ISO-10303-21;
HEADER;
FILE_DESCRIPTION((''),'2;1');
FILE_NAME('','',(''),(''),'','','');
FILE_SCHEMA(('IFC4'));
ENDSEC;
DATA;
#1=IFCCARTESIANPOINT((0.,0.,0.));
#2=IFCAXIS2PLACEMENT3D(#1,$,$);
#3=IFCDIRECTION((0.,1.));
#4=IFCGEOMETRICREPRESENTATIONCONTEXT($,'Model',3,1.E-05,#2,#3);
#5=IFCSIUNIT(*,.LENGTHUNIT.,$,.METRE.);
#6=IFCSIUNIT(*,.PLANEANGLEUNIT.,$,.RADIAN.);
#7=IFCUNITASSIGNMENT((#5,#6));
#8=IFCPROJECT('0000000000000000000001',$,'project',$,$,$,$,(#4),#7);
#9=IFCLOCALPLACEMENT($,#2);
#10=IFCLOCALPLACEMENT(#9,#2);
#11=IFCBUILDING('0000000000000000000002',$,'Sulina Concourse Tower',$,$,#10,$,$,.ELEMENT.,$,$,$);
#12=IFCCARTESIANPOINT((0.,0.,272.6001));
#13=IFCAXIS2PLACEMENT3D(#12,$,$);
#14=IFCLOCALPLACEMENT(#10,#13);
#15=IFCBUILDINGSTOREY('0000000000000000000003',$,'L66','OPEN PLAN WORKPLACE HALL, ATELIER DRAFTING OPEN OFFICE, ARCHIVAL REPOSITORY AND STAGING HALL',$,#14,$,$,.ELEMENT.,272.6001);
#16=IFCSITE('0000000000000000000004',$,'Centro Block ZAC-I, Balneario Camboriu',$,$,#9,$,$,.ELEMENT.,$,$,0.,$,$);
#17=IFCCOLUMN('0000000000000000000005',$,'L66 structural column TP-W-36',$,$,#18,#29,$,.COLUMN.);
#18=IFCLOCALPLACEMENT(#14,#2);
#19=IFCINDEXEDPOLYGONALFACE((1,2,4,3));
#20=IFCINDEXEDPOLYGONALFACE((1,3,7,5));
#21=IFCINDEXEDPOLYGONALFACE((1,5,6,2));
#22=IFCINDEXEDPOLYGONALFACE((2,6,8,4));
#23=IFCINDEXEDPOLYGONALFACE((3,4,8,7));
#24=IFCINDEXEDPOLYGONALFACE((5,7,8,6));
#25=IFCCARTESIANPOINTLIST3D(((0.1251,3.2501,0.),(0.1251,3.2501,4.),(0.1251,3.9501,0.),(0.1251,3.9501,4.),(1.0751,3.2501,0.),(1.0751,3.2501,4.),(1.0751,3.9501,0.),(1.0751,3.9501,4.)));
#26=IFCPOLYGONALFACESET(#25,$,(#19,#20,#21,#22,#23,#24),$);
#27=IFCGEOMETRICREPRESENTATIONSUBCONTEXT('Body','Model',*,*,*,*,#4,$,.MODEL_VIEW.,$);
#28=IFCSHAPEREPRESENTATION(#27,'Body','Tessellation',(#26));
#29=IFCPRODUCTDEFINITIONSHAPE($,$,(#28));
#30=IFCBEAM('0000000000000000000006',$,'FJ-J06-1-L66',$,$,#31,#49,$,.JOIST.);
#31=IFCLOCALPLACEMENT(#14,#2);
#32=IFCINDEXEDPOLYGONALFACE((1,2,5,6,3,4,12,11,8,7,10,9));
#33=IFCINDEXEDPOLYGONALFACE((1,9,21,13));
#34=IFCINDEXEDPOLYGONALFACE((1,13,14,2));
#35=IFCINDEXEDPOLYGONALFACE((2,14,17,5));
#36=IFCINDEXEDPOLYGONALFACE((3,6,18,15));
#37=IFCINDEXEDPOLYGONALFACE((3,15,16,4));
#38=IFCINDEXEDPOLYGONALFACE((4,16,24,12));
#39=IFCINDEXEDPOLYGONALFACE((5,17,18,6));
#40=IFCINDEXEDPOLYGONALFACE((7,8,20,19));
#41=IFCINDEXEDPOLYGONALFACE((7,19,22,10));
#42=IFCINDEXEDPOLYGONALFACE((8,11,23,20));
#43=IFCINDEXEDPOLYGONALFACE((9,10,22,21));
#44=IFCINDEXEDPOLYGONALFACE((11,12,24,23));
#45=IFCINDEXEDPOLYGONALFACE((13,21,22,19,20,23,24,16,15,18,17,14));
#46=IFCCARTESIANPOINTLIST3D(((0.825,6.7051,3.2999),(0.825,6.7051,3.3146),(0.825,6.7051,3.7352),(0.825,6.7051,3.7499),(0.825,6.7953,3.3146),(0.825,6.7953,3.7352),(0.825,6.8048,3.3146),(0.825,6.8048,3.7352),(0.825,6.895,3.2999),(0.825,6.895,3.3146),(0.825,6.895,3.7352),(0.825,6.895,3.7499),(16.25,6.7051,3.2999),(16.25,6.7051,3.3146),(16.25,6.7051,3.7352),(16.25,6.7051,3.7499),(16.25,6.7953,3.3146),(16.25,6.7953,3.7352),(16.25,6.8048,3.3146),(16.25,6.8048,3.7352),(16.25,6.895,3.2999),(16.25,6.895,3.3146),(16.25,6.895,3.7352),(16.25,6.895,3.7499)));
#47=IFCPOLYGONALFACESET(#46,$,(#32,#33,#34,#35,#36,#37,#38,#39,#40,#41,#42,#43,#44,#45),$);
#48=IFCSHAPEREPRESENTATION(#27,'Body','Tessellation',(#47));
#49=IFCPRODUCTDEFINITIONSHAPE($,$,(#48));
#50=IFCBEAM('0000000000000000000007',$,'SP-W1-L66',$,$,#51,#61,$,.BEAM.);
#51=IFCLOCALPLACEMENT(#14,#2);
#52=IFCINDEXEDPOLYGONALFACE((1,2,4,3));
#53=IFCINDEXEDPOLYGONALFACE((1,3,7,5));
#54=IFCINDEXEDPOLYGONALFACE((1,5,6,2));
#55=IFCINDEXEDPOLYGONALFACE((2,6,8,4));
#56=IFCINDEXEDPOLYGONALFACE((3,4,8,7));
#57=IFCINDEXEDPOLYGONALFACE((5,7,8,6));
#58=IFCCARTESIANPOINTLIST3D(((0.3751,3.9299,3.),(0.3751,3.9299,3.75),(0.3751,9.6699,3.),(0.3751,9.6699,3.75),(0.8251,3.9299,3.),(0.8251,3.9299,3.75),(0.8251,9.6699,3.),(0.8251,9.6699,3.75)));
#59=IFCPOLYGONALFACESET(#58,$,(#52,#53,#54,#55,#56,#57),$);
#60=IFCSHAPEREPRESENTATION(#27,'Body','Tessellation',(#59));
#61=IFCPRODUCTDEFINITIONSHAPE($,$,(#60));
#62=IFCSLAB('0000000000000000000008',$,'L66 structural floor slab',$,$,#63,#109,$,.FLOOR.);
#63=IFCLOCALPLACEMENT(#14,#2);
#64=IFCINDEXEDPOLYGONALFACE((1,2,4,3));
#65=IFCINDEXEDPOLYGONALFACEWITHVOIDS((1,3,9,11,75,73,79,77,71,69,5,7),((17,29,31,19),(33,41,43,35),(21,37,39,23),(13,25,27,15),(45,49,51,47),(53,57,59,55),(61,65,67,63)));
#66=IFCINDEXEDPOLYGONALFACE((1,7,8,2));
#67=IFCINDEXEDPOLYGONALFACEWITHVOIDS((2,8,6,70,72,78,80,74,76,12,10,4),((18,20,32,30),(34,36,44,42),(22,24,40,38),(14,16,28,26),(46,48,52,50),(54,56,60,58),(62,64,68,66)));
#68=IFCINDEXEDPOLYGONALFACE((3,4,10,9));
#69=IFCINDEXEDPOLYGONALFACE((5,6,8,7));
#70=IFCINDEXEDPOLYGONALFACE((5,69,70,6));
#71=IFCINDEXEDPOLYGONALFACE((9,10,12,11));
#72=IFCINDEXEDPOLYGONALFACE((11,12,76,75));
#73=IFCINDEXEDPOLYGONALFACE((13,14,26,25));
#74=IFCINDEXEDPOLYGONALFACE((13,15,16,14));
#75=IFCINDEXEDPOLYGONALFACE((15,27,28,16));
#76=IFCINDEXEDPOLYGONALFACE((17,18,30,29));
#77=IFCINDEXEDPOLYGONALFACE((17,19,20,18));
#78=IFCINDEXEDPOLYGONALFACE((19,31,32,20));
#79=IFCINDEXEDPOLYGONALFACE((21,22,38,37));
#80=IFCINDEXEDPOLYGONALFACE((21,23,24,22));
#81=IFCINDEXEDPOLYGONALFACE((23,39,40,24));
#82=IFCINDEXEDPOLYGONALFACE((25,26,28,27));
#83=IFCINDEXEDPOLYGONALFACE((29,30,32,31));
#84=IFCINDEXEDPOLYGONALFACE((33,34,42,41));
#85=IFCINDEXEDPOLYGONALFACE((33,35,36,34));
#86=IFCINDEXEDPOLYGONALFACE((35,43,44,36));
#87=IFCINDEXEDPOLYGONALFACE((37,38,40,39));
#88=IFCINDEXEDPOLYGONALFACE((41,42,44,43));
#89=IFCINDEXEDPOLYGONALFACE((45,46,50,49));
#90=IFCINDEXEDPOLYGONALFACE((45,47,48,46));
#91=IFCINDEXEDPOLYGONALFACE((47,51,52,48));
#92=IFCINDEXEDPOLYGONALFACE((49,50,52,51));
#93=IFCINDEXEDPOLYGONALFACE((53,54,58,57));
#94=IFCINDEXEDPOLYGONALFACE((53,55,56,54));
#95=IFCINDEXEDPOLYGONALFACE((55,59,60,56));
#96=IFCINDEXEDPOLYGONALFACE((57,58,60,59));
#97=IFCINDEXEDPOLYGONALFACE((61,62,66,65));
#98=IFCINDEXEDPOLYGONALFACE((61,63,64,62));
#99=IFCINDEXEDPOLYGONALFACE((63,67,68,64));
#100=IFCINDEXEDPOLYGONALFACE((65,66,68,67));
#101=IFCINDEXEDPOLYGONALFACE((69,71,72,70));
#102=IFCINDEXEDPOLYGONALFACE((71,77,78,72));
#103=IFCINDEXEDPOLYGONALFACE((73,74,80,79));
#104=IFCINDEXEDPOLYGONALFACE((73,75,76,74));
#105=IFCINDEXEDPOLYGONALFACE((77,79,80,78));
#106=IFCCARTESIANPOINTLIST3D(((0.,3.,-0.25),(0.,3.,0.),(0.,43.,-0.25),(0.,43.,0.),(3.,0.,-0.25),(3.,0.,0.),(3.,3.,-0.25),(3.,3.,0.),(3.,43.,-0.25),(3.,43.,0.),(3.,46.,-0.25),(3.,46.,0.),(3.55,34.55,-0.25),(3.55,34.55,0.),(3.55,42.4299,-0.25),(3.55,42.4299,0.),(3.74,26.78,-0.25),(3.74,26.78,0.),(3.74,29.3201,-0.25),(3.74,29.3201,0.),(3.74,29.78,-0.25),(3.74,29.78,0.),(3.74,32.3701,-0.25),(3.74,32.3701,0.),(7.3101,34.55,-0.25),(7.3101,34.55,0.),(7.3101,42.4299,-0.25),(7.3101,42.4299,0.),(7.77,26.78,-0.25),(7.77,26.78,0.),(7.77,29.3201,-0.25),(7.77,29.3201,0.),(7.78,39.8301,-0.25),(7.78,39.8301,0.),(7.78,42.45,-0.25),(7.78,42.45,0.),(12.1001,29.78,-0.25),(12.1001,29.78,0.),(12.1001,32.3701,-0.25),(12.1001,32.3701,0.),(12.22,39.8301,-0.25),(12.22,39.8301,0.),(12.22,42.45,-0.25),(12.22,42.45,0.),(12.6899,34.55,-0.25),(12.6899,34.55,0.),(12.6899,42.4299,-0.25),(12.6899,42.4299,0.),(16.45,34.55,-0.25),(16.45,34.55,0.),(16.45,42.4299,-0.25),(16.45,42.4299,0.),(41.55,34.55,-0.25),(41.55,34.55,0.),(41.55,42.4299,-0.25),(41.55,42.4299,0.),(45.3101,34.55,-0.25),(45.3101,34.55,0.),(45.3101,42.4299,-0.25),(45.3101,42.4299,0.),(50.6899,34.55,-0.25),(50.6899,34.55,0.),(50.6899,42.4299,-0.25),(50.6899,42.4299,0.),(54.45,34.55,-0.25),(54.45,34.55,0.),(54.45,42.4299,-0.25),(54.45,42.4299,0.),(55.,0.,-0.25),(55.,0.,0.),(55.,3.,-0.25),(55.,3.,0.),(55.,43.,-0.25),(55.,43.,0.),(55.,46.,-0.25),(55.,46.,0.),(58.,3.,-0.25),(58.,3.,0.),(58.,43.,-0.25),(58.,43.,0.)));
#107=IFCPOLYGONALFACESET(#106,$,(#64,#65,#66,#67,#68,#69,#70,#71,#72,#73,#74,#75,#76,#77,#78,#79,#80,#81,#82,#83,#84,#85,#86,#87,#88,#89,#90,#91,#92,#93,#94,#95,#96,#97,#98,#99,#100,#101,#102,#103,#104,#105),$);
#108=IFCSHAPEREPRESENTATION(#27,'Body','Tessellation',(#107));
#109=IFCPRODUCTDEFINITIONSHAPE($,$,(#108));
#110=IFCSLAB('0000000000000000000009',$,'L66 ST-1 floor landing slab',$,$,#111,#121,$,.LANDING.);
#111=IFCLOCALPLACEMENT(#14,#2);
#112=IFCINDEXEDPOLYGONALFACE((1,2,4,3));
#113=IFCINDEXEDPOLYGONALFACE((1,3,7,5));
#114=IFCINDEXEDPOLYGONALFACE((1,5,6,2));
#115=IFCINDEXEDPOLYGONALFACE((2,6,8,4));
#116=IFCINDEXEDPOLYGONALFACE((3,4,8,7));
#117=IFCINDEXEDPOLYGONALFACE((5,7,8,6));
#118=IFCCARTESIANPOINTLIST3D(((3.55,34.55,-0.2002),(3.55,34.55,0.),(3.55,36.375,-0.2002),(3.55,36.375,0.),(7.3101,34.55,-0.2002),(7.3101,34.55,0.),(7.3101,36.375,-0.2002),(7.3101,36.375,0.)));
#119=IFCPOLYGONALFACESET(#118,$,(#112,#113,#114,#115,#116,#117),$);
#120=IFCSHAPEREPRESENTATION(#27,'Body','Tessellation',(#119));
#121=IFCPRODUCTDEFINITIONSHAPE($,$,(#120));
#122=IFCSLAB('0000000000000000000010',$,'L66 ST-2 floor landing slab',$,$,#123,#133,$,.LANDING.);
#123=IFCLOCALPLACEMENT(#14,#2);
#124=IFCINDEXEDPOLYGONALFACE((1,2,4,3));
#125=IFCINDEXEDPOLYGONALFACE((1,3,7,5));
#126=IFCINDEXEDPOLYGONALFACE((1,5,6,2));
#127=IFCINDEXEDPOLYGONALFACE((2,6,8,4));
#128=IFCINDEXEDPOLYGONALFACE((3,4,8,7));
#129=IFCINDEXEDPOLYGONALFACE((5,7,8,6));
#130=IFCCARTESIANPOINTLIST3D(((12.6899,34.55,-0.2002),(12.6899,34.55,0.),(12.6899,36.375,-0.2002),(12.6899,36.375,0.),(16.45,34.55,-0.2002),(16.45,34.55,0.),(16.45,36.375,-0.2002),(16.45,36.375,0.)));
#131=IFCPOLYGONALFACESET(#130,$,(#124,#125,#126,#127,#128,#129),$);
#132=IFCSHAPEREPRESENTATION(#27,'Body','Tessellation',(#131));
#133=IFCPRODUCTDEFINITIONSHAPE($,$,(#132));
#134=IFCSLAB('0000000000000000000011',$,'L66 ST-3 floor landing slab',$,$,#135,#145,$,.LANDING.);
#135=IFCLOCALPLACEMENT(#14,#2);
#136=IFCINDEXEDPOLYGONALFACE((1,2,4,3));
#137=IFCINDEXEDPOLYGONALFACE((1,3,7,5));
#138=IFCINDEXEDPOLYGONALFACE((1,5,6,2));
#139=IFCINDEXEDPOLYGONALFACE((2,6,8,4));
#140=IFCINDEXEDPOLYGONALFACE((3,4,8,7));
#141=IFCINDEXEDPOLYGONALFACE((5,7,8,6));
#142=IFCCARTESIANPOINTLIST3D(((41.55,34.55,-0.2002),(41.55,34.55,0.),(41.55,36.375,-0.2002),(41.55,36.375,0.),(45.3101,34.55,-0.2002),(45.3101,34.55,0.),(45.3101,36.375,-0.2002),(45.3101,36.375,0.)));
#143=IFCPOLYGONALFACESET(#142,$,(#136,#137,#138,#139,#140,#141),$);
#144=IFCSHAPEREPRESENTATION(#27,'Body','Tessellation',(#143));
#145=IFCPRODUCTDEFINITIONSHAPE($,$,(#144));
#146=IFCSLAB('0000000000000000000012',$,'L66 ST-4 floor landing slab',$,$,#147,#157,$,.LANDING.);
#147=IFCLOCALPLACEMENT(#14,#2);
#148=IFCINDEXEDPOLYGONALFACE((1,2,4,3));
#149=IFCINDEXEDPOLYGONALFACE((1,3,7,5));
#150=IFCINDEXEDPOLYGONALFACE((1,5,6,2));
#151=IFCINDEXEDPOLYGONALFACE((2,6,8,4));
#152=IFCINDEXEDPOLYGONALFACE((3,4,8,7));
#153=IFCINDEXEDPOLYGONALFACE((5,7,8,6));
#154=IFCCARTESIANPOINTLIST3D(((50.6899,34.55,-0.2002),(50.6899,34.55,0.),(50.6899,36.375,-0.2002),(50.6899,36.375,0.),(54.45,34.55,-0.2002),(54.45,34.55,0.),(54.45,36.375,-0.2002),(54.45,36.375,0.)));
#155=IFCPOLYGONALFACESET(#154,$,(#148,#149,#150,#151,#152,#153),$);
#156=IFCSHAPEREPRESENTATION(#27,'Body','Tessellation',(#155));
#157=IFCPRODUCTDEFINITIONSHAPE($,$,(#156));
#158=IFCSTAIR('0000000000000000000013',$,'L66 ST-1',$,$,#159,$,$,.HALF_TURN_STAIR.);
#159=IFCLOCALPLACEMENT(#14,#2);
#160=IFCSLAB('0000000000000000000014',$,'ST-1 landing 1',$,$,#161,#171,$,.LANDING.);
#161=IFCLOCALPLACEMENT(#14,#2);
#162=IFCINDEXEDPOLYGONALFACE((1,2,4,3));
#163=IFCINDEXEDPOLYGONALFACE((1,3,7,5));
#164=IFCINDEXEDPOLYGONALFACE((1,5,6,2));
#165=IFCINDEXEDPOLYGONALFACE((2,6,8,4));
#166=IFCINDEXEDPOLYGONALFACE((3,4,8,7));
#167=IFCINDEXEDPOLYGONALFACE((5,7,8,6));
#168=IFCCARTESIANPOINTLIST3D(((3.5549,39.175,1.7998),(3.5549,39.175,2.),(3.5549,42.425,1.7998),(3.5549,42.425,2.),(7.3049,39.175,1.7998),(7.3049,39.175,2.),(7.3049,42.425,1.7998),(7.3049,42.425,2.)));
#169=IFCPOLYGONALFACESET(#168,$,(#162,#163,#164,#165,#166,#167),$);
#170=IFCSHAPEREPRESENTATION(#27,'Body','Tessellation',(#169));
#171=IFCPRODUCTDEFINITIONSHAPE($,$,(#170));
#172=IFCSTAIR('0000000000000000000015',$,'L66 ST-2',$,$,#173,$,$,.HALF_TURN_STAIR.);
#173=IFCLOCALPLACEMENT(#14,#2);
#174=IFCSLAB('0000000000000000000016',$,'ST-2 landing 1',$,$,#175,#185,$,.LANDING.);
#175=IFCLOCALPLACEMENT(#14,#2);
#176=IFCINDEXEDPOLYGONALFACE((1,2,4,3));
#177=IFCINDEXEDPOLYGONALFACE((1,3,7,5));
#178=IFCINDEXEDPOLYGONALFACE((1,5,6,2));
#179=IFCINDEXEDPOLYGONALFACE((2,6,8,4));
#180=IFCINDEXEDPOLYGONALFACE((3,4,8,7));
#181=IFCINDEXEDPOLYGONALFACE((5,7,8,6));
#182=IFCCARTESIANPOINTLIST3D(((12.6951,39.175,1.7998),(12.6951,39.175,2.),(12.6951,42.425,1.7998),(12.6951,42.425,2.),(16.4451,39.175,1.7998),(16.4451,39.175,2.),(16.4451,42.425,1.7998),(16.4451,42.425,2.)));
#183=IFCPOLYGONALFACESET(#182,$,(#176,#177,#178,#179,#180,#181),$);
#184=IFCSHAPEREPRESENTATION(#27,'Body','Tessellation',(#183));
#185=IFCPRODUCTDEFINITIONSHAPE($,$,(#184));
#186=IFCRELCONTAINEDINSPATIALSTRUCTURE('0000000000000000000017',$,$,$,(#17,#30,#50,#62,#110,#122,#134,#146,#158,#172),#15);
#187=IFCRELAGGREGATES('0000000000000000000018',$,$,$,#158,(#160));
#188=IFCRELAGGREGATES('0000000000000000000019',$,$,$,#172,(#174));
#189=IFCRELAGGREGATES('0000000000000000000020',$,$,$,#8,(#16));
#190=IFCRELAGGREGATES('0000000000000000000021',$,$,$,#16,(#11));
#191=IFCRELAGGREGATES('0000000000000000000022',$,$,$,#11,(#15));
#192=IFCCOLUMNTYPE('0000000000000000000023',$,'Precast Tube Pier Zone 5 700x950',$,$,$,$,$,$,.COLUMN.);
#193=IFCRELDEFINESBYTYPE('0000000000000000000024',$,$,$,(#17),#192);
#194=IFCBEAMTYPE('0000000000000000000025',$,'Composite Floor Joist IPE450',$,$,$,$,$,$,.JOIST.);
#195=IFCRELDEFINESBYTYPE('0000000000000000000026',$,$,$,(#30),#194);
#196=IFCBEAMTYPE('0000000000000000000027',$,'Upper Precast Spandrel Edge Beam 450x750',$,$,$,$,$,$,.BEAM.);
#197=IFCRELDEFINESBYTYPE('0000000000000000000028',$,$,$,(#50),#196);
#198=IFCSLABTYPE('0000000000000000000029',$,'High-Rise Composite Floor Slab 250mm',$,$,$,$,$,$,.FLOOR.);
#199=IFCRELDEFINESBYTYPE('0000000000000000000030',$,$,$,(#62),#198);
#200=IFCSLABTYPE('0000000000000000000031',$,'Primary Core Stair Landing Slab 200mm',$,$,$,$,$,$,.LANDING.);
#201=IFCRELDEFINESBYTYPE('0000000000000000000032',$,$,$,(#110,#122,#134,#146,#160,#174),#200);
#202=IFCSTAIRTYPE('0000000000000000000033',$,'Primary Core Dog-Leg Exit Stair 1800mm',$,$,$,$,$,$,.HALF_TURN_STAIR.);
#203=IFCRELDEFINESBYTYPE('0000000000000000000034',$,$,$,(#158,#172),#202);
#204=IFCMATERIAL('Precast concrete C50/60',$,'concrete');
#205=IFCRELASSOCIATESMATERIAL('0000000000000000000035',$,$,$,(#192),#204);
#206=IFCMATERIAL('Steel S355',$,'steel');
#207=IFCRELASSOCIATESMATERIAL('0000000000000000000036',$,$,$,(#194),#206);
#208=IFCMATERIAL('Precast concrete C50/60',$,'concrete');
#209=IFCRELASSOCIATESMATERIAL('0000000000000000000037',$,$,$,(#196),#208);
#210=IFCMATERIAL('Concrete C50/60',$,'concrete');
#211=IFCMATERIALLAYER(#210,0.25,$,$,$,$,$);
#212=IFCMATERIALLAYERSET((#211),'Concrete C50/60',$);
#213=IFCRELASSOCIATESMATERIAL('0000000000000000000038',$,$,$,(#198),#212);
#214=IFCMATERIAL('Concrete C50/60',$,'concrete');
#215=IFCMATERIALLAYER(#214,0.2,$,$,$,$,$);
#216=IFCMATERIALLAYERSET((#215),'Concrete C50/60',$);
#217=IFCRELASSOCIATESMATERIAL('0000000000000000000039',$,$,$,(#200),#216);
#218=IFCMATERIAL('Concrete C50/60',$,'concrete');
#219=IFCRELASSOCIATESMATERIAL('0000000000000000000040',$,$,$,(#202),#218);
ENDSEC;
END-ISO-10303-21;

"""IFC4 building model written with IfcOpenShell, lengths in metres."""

from ifc_helpers import new_model, si_unit, direction, frame, origin, origin_2d, place, context, subcontext, project, spatial, polyline, rectangle, i_section, outline, extrude, material, layer, layer_set, material_profile, profile_set, type_object, element, aggregate, save


model = new_model("IFC4")

# Units and contexts
model_context = context("Model", 3, precision=1e-05, world=origin(), true_north=direction((0.0, 1.0)))
body_context = subcontext(model_context, "Body", "Model", "MODEL_VIEW")
ifc_project = project(units=[si_unit("LENGTHUNIT", "METRE"), si_unit("PLANEANGLEUNIT", "RADIAN")], contexts=[model_context])

# Site, building, storey
site_placement = place(None, origin())
site = spatial("IfcSite", under=ifc_project, at=site_placement, Name="Centro Block ZAC-I, Balneario Camboriu", CompositionType="ELEMENT", RefElevation=0.0)
building_placement = place(site_placement, origin())
building = spatial("IfcBuilding", under=site, at=building_placement, Name="Sulina Concourse Tower", CompositionType="ELEMENT")
storey_placement = place(building_placement, frame((0.0, 0.0, 272.6001)))
storey = spatial("IfcBuildingStorey", under=building, at=storey_placement, Name="L66", Description="OPEN PLAN WORKPLACE HALL, ATELIER DRAFTING OPEN OFFICE, ARCHIVAL REPOSITORY AND STAGING HALL", CompositionType="ELEMENT", Elevation=272.6001)

# Column
ifc_material_1 = material(Name="Precast concrete C50/60", Category="concrete")
ifc_material_profile_1 = material_profile(ifc_material_1, rectangle(XDim=0.7, YDim=0.95, at=origin_2d()), Name="PC 700x950")
ifc_profile_set_1 = profile_set([ifc_material_profile_1], Name="Precast concrete C50/60")
column_type = type_object("IfcColumnType", Name="Precast Tube Pier Zone 5 700x950", PredefinedType="COLUMN", material=ifc_profile_set_1)
column_placement = place(storey_placement, frame((0.6001, 3.6001, 0.0), z_axis=(0.0, 0.0, 1.0), x_axis=(0.0, 1.0, 0.0)))
element("IfcColumn", 1, at=column_placement, inside=storey, type_object=column_type, Name="L66 structural column TP-W-36", PredefinedType="COLUMN", context=body_context, shape_type="SweptSolid", body=[
    extrude(rectangle(XDim=0.7, YDim=0.95, at=origin_2d()), origin(), (0.0, 0.0, 1.0), 4.0),
])

# Beams
ifc_material_2 = material(Name="Steel S355", Category="steel")
ifc_material_profile_2 = material_profile(ifc_material_2, i_section(OverallWidth=0.1899, OverallDepth=0.45, WebThickness=0.0095, FlangeThickness=0.0146, at=origin_2d()), Name="IPE 450")
ifc_profile_set_2 = profile_set([ifc_material_profile_2], Name="Steel S355")
beam_type_1 = type_object("IfcBeamType", Name="Composite Floor Joist IPE450", PredefinedType="JOIST", material=ifc_profile_set_2)
beam_1_placement = place(storey_placement, frame((0.825, 6.8, 3.5249), z_axis=(1.0, 0.0, 0.0), x_axis=(0.0, 1.0, 0.0)))
element("IfcBeam", 2, at=beam_1_placement, inside=storey, type_object=beam_type_1, Name="FJ-J06-1-L66", PredefinedType="JOIST", context=body_context, shape_type="SweptSolid", body=[
    extrude(i_section(OverallWidth=0.1899, OverallDepth=0.45, WebThickness=0.0095, FlangeThickness=0.0146, at=origin_2d()), origin(), (0.0, 0.0, 1.0), 15.425),
])
ifc_material_3 = material(Name="Precast concrete C50/60", Category="concrete")
ifc_material_profile_3 = material_profile(ifc_material_3, rectangle(XDim=0.45, YDim=0.75, at=origin_2d()), Name="RC 450x750")
ifc_profile_set_3 = profile_set([ifc_material_profile_3], Name="Precast concrete C50/60")
beam_type_2 = type_object("IfcBeamType", Name="Upper Precast Spandrel Edge Beam 450x750", PredefinedType="BEAM", material=ifc_profile_set_3)
beam_2_placement = place(storey_placement, frame((0.6001, 3.9299, 3.375), z_axis=(0.0, 1.0, 0.0), x_axis=(-1.0, 0.0, 0.0)))
element("IfcBeam", 3, at=beam_2_placement, inside=storey, type_object=beam_type_2, Name="SP-W1-L66", PredefinedType="BEAM", context=body_context, shape_type="SweptSolid", body=[
    extrude(rectangle(XDim=0.45, YDim=0.75, at=origin_2d()), origin(), (0.0, 0.0, 1.0), 5.74),
])

# Slabs
ifc_material_4 = material(Name="Concrete C50/60", Category="concrete")
ifc_layer_1 = layer(ifc_material_4, 0.25)
ifc_layer_set_1 = layer_set([ifc_layer_1], Name="Concrete C50/60")
slab_type_1 = type_object("IfcSlabType", Name="High-Rise Composite Floor Slab 250mm", PredefinedType="FLOOR", material=ifc_layer_set_1)
slab_1_placement = place(storey_placement, frame((0.0, 0.0, -0.25)))
element("IfcSlab", 4, at=slab_1_placement, inside=storey, type_object=slab_type_1, Name="L66 structural floor slab", PredefinedType="FLOOR", context=body_context, shape_type="SweptSolid", body=[
    extrude(outline(polyline([(3.0, 0.0), (55.0, 0.0), (55.0, 3.0), (58.0, 3.0), (58.0, 43.0), (55.0, 43.0), (55.0, 46.0), (3.0, 46.0), (3.0, 43.0), (0.0, 43.0), (0.0, 3.0), (3.0, 3.0), (3.0, 0.0)]), holes=[polyline([(7.3101, 34.55), (7.3101, 42.4299), (3.55, 42.4299), (3.55, 34.55), (7.3101, 34.55)]), polyline([(16.45, 34.55), (16.45, 42.4299), (12.6899, 42.4299), (12.6899, 34.55), (16.45, 34.55)]), polyline([(45.3101, 34.55), (45.3101, 42.4299), (41.55, 42.4299), (41.55, 34.55), (45.3101, 34.55)]), polyline([(54.45, 34.55), (54.45, 42.4299), (50.6899, 42.4299), (50.6899, 34.55), (54.45, 34.55)]), polyline([(7.78, 39.8301), (12.22, 39.8301), (12.22, 42.45), (7.78, 42.45), (7.78, 39.8301)]), polyline([(3.74, 26.78), (7.77, 26.78), (7.77, 29.3201), (3.74, 29.3201), (3.74, 26.78)]), polyline([(3.74, 29.78), (12.1001, 29.78), (12.1001, 32.3701), (3.74, 32.3701), (3.74, 29.78)])]), origin(), (0.0, 0.0, 1.0), 0.25),
])
ifc_material_5 = material(Name="Concrete C50/60", Category="concrete")
ifc_layer_2 = layer(ifc_material_5, 0.2)
ifc_layer_set_2 = layer_set([ifc_layer_2], Name="Concrete C50/60")
slab_type_2 = type_object("IfcSlabType", Name="Primary Core Stair Landing Slab 200mm", PredefinedType="LANDING", material=ifc_layer_set_2)
slab_2_placement = place(storey_placement, frame((0.0, 0.0, -0.2002)))
element("IfcSlab", 5, at=slab_2_placement, inside=storey, type_object=slab_type_2, Name="L66 ST-1 floor landing slab", PredefinedType="LANDING", context=body_context, shape_type="SweptSolid", body=[
    extrude(outline(polyline([(7.3101, 34.55), (7.3101, 36.375), (3.55, 36.375), (3.55, 34.55), (7.3101, 34.55)])), origin(), (0.0, 0.0, 1.0), 0.2002),
])
slab_3_placement = place(storey_placement, frame((0.0, 0.0, -0.2002)))
element("IfcSlab", 6, at=slab_3_placement, inside=storey, type_object=slab_type_2, Name="L66 ST-2 floor landing slab", PredefinedType="LANDING", context=body_context, shape_type="SweptSolid", body=[
    extrude(outline(polyline([(16.45, 34.55), (16.45, 36.375), (12.6899, 36.375), (12.6899, 34.55), (16.45, 34.55)])), origin(), (0.0, 0.0, 1.0), 0.2002),
])
slab_4_placement = place(storey_placement, frame((0.0, 0.0, -0.2002)))
element("IfcSlab", 7, at=slab_4_placement, inside=storey, type_object=slab_type_2, Name="L66 ST-3 floor landing slab", PredefinedType="LANDING", context=body_context, shape_type="SweptSolid", body=[
    extrude(outline(polyline([(45.3101, 34.55), (45.3101, 36.375), (41.55, 36.375), (41.55, 34.55), (45.3101, 34.55)])), origin(), (0.0, 0.0, 1.0), 0.2002),
])
slab_5_placement = place(storey_placement, frame((0.0, 0.0, -0.2002)))
element("IfcSlab", 8, at=slab_5_placement, inside=storey, type_object=slab_type_2, Name="L66 ST-4 floor landing slab", PredefinedType="LANDING", context=body_context, shape_type="SweptSolid", body=[
    extrude(outline(polyline([(54.45, 34.55), (54.45, 36.375), (50.6899, 36.375), (50.6899, 34.55), (54.45, 34.55)])), origin(), (0.0, 0.0, 1.0), 0.2002),
])

# Stairs, slabs
ifc_material_6 = material(Name="Concrete C50/60", Category="concrete")
stair_type_1 = type_object("IfcStairType", Name="Primary Core Dog-Leg Exit Stair 1800mm", PredefinedType="HALF_TURN_STAIR", material=ifc_material_6)
stair_1_placement = place(storey_placement, origin())
stair_1 = element("IfcStair", 9, at=stair_1_placement, inside=storey, type_object=stair_type_1, Name="L66 ST-1", PredefinedType="HALF_TURN_STAIR")
slab_6_placement = place(storey_placement, frame((0.0, 0.0, 1.7998)))
slab_6 = element("IfcSlab", 10, at=slab_6_placement, type_object=slab_type_2, Name="ST-1 landing 1", PredefinedType="LANDING", context=body_context, shape_type="SweptSolid", body=[
    extrude(outline(polyline([(7.3049, 39.175), (7.3049, 42.425), (3.5549, 42.425), (3.5549, 39.175), (7.3049, 39.175)])), origin(), (0.0, 0.0, 1.0), 0.2002),
])
aggregate(stair_1, [slab_6])
stair_2_placement = place(storey_placement, origin())
stair_2 = element("IfcStair", 11, at=stair_2_placement, inside=storey, type_object=stair_type_1, Name="L66 ST-2", PredefinedType="HALF_TURN_STAIR")
slab_7_placement = place(storey_placement, frame((0.0, 0.0, 1.7998)))
slab_7 = element("IfcSlab", 12, at=slab_7_placement, type_object=slab_type_2, Name="ST-2 landing 1", PredefinedType="LANDING", context=body_context, shape_type="SweptSolid", body=[
    extrude(outline(polyline([(16.4451, 39.175), (16.4451, 42.425), (12.6951, 42.425), (12.6951, 39.175), (16.4451, 39.175)])), origin(), (0.0, 0.0, 1.0), 0.2002),
])
aggregate(stair_2, [slab_7])

save(model, "model.ifc")
